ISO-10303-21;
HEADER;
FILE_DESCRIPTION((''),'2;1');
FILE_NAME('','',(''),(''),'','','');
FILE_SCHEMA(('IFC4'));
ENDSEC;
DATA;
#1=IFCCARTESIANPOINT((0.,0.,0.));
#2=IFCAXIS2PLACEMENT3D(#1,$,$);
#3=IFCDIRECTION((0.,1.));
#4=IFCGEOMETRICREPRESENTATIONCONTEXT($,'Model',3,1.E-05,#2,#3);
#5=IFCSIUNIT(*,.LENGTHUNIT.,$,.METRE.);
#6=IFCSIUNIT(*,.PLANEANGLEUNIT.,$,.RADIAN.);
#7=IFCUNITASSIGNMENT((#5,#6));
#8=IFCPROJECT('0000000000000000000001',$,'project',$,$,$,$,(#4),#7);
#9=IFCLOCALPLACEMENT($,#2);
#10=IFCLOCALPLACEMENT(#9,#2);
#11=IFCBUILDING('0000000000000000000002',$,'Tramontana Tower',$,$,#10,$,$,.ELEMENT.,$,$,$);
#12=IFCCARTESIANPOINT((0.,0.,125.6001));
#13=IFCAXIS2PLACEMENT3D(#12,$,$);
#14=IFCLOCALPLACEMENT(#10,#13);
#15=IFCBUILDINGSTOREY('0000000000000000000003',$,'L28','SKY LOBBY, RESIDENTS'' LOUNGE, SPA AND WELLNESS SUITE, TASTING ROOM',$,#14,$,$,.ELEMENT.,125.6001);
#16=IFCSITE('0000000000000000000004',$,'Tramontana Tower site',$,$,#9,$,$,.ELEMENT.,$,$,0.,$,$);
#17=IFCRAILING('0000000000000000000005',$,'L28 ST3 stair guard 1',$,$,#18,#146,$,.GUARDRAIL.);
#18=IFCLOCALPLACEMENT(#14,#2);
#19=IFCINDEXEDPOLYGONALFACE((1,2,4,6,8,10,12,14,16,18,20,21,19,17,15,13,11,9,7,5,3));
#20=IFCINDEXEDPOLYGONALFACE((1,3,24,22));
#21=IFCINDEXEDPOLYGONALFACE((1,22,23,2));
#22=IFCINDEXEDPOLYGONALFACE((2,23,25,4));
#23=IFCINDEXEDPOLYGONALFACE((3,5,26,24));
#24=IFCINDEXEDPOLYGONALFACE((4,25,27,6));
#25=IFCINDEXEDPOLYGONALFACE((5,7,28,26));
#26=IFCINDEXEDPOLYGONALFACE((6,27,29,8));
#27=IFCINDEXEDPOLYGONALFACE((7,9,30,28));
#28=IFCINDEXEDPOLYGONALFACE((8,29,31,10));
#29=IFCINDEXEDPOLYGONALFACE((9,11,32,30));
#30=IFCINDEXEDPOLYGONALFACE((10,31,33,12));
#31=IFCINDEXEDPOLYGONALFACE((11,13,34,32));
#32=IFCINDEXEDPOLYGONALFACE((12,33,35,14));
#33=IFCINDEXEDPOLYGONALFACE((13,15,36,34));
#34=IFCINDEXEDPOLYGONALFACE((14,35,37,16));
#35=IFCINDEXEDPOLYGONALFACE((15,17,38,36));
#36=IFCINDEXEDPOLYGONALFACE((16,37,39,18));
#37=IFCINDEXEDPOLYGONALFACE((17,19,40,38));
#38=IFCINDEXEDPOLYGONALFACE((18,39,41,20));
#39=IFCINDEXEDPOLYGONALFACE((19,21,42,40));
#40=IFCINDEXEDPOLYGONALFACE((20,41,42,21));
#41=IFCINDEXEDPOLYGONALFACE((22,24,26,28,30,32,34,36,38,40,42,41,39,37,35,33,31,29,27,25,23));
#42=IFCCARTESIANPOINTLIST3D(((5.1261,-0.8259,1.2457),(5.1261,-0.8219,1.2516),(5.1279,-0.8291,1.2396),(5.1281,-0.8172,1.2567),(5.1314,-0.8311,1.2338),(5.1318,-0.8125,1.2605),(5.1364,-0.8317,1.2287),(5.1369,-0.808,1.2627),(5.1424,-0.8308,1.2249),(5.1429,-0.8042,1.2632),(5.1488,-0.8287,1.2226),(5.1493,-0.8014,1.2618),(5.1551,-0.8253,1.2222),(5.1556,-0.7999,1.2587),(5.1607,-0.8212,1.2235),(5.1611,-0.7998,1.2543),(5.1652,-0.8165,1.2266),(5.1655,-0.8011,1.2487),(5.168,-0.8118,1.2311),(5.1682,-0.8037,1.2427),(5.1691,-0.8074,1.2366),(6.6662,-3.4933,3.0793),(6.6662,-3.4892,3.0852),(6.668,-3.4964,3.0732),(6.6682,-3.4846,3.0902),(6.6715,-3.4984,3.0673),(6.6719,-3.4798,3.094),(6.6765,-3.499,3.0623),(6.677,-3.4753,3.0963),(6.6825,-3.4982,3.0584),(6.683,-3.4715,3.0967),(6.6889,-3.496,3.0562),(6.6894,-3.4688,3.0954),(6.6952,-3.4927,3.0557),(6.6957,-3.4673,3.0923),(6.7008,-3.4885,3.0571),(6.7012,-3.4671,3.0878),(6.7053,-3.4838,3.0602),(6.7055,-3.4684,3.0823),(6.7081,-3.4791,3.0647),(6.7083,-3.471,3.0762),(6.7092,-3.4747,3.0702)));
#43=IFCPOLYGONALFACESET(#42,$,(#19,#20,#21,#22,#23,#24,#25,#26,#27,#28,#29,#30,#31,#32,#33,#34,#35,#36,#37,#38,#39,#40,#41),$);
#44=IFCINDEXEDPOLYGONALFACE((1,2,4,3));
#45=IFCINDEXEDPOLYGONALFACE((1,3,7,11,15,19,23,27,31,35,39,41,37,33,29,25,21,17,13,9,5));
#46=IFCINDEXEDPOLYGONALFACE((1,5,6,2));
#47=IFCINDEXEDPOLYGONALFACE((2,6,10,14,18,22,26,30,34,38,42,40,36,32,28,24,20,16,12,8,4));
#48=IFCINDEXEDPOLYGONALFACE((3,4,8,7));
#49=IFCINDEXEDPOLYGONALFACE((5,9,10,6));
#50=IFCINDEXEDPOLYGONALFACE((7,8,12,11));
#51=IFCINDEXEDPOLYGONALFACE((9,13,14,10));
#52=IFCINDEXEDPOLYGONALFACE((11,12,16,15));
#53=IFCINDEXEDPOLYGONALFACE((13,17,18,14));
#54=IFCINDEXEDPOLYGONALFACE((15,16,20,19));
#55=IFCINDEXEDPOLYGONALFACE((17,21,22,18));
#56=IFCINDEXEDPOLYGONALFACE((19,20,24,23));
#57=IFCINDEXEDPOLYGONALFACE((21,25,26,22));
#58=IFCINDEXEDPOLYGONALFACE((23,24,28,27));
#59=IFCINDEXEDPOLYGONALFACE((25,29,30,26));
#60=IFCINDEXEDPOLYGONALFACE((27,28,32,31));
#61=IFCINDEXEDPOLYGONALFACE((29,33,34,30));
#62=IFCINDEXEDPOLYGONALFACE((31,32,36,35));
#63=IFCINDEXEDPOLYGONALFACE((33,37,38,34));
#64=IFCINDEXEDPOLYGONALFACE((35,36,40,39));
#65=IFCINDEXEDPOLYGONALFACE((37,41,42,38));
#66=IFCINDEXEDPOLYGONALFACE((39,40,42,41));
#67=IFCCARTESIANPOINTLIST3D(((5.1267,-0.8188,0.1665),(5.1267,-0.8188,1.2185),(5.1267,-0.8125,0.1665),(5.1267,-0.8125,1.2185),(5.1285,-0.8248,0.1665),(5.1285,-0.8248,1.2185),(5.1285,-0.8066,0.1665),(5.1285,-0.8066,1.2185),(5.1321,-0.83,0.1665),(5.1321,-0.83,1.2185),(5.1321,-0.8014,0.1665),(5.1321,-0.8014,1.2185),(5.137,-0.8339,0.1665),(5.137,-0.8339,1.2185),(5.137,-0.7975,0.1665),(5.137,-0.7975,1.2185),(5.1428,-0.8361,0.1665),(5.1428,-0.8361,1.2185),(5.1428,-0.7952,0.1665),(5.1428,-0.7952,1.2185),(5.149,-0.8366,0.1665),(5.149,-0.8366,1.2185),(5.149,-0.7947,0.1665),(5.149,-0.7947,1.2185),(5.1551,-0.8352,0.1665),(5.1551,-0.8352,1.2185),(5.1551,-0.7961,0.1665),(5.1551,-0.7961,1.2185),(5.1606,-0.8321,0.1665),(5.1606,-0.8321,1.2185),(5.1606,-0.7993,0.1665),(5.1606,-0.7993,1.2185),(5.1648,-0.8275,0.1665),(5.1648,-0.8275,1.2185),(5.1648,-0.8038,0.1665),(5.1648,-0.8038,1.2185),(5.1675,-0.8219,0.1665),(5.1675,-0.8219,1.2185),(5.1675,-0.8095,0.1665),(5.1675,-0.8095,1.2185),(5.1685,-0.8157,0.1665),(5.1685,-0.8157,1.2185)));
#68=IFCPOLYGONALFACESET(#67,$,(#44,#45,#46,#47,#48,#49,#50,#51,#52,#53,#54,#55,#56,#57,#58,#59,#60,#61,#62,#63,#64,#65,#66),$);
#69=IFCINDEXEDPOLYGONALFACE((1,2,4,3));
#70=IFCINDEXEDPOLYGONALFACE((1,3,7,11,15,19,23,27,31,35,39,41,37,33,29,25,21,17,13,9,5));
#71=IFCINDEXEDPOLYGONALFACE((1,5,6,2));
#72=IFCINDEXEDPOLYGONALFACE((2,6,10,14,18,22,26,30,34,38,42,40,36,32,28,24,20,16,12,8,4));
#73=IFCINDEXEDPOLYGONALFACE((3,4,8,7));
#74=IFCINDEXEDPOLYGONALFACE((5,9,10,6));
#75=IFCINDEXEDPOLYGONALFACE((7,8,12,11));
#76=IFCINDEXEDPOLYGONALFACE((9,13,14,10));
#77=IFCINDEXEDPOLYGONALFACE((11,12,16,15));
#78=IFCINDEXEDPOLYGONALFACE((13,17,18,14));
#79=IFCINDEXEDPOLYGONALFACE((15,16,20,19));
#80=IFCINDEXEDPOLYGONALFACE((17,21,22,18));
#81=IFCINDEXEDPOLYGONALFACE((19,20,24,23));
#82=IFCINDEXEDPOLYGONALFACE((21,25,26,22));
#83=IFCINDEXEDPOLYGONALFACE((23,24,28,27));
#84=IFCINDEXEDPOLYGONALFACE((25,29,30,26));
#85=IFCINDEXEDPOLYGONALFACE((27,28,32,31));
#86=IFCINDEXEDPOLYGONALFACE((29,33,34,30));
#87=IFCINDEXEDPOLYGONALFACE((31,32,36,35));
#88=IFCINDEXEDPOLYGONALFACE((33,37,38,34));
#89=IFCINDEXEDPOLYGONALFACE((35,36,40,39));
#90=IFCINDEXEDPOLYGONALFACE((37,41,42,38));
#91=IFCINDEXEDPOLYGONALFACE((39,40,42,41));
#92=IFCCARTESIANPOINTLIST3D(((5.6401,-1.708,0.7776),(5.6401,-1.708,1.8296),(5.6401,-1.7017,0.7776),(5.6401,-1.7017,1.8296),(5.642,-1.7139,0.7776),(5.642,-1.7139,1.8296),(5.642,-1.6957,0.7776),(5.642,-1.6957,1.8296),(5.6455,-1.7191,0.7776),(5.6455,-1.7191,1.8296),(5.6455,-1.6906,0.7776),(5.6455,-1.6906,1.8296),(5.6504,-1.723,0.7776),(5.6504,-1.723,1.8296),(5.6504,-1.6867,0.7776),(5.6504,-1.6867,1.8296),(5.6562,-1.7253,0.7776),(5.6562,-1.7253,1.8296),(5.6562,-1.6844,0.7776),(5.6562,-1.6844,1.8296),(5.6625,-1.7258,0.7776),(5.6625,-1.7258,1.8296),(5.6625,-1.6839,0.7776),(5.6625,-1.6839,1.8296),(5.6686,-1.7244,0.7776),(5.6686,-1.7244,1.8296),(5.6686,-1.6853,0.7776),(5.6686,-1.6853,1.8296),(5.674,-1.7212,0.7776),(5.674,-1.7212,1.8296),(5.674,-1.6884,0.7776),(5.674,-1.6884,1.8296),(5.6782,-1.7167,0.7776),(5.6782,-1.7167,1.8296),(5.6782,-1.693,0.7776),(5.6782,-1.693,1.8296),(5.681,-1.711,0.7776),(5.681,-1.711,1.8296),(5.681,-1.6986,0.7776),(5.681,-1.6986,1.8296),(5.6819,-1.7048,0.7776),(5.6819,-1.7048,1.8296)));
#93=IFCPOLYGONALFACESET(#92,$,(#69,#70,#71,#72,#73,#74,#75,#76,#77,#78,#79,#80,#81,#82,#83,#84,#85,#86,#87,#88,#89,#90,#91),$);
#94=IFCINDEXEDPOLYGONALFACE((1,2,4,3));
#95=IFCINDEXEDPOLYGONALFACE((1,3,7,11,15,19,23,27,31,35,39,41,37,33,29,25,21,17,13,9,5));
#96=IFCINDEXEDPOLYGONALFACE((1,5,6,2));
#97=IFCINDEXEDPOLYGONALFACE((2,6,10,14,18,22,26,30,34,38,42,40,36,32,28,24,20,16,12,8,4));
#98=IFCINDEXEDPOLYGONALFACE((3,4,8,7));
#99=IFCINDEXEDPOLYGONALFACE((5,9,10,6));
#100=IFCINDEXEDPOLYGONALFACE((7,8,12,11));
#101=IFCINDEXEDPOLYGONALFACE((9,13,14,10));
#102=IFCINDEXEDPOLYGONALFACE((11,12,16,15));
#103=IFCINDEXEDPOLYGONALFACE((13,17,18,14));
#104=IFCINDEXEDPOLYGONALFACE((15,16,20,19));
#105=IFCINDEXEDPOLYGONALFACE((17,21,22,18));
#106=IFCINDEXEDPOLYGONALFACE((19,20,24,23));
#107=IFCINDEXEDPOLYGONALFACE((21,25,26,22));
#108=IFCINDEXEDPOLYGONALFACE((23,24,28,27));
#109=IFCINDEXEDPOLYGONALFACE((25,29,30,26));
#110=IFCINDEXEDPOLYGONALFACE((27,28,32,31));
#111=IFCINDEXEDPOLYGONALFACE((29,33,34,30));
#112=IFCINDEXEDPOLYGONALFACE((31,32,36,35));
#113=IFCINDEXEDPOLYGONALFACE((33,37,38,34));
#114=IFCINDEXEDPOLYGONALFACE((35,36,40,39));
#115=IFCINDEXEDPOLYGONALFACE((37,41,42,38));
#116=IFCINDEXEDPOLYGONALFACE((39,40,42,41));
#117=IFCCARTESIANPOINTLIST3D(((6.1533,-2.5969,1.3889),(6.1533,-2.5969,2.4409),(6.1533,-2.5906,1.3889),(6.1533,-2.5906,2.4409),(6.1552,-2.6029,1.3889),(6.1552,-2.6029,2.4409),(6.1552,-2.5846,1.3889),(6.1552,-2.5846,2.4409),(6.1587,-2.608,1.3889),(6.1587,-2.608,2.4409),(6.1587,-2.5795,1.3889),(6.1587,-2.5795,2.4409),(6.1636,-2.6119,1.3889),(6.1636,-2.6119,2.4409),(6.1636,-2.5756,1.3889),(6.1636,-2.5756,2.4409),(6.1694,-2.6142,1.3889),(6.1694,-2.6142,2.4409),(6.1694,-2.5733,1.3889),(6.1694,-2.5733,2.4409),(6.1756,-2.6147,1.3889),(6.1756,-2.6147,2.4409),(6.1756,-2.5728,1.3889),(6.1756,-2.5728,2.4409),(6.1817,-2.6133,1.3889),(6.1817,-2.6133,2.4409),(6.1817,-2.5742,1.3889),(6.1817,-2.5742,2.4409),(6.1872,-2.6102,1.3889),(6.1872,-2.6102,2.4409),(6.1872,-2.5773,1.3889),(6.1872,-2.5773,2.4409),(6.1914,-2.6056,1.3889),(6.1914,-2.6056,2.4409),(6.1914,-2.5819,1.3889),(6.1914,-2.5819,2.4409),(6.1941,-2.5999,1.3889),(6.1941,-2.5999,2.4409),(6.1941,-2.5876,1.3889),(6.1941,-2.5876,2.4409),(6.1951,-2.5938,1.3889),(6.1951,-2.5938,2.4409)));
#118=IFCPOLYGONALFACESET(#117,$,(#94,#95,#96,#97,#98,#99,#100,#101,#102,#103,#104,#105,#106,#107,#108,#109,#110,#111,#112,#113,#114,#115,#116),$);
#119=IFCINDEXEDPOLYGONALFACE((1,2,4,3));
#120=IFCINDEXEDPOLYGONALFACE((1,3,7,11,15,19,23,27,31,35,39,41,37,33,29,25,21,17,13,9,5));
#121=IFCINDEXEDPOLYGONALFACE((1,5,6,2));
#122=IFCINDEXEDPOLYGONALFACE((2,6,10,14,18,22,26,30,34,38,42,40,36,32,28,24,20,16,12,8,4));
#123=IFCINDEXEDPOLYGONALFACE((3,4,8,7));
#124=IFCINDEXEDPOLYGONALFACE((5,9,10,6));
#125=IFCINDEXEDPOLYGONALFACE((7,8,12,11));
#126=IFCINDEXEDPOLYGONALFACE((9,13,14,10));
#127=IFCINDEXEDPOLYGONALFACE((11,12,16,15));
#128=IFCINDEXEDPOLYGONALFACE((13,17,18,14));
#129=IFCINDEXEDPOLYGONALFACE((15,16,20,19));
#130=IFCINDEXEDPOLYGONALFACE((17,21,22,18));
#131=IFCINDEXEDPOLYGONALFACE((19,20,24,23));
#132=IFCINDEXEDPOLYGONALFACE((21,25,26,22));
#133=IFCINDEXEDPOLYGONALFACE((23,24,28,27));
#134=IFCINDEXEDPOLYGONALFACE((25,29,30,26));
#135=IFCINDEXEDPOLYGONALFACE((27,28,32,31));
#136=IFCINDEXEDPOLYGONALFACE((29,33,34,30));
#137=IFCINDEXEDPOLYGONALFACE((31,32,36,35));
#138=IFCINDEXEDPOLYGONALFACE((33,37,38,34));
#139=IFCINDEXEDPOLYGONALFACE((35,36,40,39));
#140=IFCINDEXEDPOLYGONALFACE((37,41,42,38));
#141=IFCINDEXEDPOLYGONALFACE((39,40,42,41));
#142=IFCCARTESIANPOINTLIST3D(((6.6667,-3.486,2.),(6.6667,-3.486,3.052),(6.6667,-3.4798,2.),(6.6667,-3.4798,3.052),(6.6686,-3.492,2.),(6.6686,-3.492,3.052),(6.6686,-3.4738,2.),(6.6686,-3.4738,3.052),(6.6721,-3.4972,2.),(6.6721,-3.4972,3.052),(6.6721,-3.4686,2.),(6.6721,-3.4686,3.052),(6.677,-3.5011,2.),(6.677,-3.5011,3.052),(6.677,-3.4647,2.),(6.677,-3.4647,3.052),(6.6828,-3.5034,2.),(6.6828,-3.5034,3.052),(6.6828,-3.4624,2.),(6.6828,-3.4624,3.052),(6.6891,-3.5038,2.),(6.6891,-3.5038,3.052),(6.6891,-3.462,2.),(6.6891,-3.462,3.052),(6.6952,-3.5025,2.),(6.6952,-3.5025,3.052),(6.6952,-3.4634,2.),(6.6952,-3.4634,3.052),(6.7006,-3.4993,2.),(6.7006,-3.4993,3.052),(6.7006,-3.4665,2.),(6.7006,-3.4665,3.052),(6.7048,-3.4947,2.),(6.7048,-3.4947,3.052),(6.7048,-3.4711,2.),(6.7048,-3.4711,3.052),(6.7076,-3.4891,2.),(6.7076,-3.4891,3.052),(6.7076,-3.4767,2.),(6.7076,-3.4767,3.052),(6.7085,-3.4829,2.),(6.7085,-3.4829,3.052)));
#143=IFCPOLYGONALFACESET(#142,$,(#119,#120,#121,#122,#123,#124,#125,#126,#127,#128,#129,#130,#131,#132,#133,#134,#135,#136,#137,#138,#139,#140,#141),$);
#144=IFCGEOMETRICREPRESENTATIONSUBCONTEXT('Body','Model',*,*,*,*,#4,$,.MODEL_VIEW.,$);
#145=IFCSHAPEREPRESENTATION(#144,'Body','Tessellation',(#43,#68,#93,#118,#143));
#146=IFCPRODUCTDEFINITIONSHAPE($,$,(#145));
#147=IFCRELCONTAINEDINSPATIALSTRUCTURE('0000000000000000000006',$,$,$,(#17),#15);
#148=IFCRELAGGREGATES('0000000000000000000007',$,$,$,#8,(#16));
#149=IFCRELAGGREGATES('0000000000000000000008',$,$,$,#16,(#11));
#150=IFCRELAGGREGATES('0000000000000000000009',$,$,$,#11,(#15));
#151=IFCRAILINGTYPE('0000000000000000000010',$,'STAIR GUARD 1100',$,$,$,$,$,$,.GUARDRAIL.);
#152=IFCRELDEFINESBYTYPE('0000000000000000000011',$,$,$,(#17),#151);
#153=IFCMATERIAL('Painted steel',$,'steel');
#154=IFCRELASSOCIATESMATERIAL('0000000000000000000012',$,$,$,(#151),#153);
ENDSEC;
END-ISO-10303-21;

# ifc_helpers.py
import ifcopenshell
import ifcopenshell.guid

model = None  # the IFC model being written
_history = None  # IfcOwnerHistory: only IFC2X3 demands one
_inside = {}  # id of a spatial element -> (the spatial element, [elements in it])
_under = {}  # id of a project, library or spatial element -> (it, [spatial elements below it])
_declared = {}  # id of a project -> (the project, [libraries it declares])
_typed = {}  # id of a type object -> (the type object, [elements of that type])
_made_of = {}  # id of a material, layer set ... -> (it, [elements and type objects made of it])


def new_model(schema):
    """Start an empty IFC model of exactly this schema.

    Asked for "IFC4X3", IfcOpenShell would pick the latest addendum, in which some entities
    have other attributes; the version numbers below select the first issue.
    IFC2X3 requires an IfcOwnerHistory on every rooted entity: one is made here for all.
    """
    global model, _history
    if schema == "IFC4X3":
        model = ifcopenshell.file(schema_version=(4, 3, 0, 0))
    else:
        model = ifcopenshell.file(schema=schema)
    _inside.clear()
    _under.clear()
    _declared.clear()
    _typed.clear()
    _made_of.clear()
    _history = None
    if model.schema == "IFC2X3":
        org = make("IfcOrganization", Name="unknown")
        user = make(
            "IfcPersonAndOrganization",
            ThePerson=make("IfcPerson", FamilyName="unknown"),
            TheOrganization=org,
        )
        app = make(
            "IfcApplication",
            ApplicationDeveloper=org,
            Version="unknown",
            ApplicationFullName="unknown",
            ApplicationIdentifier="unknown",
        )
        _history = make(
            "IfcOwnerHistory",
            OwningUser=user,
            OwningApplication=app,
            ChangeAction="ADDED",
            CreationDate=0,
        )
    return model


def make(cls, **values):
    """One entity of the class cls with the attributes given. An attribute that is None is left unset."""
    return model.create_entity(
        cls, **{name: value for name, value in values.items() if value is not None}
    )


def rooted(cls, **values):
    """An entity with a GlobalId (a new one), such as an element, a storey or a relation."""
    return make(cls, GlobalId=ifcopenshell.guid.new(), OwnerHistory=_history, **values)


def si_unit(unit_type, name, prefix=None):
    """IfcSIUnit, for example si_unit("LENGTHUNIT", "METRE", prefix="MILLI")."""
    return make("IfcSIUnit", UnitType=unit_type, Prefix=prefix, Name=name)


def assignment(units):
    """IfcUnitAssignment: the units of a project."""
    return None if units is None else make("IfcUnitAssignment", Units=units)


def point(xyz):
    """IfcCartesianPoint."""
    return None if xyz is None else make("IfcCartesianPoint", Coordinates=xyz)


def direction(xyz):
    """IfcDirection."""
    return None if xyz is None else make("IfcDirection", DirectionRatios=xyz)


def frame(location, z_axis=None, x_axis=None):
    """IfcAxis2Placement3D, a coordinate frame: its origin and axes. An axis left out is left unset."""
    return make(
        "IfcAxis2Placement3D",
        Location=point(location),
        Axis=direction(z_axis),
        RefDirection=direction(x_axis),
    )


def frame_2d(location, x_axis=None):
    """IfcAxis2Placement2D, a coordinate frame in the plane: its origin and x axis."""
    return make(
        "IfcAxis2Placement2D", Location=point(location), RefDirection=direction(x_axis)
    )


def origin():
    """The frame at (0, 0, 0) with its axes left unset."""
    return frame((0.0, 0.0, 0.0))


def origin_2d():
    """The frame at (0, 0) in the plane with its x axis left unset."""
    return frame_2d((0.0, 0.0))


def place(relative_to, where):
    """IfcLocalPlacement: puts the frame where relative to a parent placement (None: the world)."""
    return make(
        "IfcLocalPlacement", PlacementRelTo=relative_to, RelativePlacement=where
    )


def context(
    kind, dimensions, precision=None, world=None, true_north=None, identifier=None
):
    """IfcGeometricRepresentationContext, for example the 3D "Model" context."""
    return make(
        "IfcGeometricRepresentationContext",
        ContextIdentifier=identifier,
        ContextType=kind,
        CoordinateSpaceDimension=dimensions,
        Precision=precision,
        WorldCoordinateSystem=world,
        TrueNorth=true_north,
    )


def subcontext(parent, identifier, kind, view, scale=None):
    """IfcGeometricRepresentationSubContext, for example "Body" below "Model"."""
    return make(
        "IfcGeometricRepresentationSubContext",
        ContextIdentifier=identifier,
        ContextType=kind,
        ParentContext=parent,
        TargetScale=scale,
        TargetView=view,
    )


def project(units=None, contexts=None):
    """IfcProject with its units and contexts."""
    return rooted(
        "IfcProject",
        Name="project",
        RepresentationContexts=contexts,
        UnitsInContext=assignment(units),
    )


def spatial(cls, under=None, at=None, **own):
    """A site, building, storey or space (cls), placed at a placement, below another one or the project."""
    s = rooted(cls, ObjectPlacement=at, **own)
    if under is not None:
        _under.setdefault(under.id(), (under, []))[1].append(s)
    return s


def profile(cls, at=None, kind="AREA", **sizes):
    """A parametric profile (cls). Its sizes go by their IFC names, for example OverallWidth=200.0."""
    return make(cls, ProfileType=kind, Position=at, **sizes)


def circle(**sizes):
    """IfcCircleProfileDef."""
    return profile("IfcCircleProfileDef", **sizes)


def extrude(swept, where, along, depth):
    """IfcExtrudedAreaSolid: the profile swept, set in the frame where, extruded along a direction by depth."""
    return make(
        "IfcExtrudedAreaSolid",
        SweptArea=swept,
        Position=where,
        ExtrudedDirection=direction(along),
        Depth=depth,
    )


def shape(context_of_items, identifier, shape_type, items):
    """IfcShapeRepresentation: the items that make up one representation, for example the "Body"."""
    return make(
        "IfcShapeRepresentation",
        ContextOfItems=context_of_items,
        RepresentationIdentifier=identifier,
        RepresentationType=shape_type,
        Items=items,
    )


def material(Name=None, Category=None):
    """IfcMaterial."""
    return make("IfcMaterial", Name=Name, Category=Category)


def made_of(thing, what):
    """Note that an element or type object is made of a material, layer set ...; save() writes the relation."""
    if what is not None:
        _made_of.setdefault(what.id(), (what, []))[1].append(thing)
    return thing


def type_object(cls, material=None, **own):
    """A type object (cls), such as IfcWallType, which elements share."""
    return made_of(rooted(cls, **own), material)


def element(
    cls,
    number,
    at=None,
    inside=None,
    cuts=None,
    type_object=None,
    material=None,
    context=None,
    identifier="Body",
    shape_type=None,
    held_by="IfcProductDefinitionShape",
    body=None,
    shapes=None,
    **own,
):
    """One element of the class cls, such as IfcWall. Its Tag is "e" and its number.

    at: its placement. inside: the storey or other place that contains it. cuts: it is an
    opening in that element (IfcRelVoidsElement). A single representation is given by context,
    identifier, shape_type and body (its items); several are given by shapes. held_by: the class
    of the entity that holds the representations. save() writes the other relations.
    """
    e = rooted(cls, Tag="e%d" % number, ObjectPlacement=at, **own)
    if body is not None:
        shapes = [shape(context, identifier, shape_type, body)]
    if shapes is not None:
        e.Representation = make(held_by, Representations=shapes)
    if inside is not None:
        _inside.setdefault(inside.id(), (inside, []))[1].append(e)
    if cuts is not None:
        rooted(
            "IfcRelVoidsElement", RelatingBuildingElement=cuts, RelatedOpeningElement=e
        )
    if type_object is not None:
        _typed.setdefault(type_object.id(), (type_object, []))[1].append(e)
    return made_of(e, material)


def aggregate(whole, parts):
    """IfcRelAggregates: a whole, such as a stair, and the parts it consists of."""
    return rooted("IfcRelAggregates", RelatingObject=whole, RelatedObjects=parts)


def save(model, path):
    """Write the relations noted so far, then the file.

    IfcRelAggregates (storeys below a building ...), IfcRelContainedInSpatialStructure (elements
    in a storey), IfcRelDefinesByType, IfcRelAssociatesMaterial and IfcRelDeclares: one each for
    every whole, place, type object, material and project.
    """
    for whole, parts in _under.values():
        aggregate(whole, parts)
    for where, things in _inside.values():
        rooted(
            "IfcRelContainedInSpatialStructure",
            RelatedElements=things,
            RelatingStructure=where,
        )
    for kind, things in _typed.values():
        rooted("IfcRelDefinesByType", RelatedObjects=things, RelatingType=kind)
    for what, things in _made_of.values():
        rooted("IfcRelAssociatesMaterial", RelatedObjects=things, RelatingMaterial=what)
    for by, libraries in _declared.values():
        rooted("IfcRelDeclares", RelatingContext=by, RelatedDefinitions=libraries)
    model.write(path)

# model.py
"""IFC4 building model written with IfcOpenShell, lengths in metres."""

from ifc_helpers import new_model, si_unit, direction, frame, origin, origin_2d, place, context, subcontext, project, spatial, circle, extrude, material, type_object, element, save


model = new_model("IFC4")

# Units and contexts
model_context = context("Model", 3, precision=1e-05, world=origin(), true_north=direction((0.0, 1.0)))
body_context = subcontext(model_context, "Body", "Model", "MODEL_VIEW")
ifc_project = project(units=[si_unit("LENGTHUNIT", "METRE"), si_unit("PLANEANGLEUNIT", "RADIAN")], contexts=[model_context])

# Site, building, storey
site_placement = place(None, origin())
site = spatial("IfcSite", under=ifc_project, at=site_placement, Name="Tramontana Tower site", CompositionType="ELEMENT", RefElevation=0.0)
building_placement = place(site_placement, origin())
building = spatial("IfcBuilding", under=site, at=building_placement, Name="Tramontana Tower", CompositionType="ELEMENT")
storey_placement = place(building_placement, frame((0.0, 0.0, 125.6001)))
storey = spatial("IfcBuildingStorey", under=building, at=storey_placement, Name="L28", Description="SKY LOBBY, RESIDENTS' LOUNGE, SPA AND WELLNESS SUITE, TASTING ROOM", CompositionType="ELEMENT", Elevation=125.6001)

# Railing
ifc_material_1 = material(Name="Painted steel", Category="steel")
railing_type_1 = type_object("IfcRailingType", Name="STAIR GUARD 1100", PredefinedType="GUARDRAIL", material=ifc_material_1)
railing_1_placement = place(storey_placement, frame((5.1475, -0.8157, 0.1665)))
element("IfcRailing", 1, at=railing_1_placement, inside=storey, type_object=railing_type_1, Name="L28 ST3 stair guard 1", PredefinedType="GUARDRAIL", context=body_context, shape_type="SweptSolid", body=[
    extrude(circle(Radius=0.0239, at=origin_2d()), frame((0.0, 0.0, 1.0762), z_axis=(0.429656, -0.744134, 0.511528), x_axis=(0.86601, 0.500027, 0.0)), (0.0, 0.0, 1.0), 3.5845),
    extrude(circle(Radius=0.021, at=origin_2d()), origin(), (0.0, 0.0, 1.0), 1.052),
    extrude(circle(Radius=0.021, at=origin_2d()), frame((0.5134, -0.8892, 0.6111)), (0.0, 0.0, 1.0), 1.052),
    extrude(circle(Radius=0.021, at=origin_2d()), frame((1.0266, -1.7781, 1.2224)), (0.0, 0.0, 1.0), 1.052),
    extrude(circle(Radius=0.021, at=origin_2d()), frame((1.54, -2.6672, 1.8335)), (0.0, 0.0, 1.0), 1.052),
])

save(model, "model.ifc")
